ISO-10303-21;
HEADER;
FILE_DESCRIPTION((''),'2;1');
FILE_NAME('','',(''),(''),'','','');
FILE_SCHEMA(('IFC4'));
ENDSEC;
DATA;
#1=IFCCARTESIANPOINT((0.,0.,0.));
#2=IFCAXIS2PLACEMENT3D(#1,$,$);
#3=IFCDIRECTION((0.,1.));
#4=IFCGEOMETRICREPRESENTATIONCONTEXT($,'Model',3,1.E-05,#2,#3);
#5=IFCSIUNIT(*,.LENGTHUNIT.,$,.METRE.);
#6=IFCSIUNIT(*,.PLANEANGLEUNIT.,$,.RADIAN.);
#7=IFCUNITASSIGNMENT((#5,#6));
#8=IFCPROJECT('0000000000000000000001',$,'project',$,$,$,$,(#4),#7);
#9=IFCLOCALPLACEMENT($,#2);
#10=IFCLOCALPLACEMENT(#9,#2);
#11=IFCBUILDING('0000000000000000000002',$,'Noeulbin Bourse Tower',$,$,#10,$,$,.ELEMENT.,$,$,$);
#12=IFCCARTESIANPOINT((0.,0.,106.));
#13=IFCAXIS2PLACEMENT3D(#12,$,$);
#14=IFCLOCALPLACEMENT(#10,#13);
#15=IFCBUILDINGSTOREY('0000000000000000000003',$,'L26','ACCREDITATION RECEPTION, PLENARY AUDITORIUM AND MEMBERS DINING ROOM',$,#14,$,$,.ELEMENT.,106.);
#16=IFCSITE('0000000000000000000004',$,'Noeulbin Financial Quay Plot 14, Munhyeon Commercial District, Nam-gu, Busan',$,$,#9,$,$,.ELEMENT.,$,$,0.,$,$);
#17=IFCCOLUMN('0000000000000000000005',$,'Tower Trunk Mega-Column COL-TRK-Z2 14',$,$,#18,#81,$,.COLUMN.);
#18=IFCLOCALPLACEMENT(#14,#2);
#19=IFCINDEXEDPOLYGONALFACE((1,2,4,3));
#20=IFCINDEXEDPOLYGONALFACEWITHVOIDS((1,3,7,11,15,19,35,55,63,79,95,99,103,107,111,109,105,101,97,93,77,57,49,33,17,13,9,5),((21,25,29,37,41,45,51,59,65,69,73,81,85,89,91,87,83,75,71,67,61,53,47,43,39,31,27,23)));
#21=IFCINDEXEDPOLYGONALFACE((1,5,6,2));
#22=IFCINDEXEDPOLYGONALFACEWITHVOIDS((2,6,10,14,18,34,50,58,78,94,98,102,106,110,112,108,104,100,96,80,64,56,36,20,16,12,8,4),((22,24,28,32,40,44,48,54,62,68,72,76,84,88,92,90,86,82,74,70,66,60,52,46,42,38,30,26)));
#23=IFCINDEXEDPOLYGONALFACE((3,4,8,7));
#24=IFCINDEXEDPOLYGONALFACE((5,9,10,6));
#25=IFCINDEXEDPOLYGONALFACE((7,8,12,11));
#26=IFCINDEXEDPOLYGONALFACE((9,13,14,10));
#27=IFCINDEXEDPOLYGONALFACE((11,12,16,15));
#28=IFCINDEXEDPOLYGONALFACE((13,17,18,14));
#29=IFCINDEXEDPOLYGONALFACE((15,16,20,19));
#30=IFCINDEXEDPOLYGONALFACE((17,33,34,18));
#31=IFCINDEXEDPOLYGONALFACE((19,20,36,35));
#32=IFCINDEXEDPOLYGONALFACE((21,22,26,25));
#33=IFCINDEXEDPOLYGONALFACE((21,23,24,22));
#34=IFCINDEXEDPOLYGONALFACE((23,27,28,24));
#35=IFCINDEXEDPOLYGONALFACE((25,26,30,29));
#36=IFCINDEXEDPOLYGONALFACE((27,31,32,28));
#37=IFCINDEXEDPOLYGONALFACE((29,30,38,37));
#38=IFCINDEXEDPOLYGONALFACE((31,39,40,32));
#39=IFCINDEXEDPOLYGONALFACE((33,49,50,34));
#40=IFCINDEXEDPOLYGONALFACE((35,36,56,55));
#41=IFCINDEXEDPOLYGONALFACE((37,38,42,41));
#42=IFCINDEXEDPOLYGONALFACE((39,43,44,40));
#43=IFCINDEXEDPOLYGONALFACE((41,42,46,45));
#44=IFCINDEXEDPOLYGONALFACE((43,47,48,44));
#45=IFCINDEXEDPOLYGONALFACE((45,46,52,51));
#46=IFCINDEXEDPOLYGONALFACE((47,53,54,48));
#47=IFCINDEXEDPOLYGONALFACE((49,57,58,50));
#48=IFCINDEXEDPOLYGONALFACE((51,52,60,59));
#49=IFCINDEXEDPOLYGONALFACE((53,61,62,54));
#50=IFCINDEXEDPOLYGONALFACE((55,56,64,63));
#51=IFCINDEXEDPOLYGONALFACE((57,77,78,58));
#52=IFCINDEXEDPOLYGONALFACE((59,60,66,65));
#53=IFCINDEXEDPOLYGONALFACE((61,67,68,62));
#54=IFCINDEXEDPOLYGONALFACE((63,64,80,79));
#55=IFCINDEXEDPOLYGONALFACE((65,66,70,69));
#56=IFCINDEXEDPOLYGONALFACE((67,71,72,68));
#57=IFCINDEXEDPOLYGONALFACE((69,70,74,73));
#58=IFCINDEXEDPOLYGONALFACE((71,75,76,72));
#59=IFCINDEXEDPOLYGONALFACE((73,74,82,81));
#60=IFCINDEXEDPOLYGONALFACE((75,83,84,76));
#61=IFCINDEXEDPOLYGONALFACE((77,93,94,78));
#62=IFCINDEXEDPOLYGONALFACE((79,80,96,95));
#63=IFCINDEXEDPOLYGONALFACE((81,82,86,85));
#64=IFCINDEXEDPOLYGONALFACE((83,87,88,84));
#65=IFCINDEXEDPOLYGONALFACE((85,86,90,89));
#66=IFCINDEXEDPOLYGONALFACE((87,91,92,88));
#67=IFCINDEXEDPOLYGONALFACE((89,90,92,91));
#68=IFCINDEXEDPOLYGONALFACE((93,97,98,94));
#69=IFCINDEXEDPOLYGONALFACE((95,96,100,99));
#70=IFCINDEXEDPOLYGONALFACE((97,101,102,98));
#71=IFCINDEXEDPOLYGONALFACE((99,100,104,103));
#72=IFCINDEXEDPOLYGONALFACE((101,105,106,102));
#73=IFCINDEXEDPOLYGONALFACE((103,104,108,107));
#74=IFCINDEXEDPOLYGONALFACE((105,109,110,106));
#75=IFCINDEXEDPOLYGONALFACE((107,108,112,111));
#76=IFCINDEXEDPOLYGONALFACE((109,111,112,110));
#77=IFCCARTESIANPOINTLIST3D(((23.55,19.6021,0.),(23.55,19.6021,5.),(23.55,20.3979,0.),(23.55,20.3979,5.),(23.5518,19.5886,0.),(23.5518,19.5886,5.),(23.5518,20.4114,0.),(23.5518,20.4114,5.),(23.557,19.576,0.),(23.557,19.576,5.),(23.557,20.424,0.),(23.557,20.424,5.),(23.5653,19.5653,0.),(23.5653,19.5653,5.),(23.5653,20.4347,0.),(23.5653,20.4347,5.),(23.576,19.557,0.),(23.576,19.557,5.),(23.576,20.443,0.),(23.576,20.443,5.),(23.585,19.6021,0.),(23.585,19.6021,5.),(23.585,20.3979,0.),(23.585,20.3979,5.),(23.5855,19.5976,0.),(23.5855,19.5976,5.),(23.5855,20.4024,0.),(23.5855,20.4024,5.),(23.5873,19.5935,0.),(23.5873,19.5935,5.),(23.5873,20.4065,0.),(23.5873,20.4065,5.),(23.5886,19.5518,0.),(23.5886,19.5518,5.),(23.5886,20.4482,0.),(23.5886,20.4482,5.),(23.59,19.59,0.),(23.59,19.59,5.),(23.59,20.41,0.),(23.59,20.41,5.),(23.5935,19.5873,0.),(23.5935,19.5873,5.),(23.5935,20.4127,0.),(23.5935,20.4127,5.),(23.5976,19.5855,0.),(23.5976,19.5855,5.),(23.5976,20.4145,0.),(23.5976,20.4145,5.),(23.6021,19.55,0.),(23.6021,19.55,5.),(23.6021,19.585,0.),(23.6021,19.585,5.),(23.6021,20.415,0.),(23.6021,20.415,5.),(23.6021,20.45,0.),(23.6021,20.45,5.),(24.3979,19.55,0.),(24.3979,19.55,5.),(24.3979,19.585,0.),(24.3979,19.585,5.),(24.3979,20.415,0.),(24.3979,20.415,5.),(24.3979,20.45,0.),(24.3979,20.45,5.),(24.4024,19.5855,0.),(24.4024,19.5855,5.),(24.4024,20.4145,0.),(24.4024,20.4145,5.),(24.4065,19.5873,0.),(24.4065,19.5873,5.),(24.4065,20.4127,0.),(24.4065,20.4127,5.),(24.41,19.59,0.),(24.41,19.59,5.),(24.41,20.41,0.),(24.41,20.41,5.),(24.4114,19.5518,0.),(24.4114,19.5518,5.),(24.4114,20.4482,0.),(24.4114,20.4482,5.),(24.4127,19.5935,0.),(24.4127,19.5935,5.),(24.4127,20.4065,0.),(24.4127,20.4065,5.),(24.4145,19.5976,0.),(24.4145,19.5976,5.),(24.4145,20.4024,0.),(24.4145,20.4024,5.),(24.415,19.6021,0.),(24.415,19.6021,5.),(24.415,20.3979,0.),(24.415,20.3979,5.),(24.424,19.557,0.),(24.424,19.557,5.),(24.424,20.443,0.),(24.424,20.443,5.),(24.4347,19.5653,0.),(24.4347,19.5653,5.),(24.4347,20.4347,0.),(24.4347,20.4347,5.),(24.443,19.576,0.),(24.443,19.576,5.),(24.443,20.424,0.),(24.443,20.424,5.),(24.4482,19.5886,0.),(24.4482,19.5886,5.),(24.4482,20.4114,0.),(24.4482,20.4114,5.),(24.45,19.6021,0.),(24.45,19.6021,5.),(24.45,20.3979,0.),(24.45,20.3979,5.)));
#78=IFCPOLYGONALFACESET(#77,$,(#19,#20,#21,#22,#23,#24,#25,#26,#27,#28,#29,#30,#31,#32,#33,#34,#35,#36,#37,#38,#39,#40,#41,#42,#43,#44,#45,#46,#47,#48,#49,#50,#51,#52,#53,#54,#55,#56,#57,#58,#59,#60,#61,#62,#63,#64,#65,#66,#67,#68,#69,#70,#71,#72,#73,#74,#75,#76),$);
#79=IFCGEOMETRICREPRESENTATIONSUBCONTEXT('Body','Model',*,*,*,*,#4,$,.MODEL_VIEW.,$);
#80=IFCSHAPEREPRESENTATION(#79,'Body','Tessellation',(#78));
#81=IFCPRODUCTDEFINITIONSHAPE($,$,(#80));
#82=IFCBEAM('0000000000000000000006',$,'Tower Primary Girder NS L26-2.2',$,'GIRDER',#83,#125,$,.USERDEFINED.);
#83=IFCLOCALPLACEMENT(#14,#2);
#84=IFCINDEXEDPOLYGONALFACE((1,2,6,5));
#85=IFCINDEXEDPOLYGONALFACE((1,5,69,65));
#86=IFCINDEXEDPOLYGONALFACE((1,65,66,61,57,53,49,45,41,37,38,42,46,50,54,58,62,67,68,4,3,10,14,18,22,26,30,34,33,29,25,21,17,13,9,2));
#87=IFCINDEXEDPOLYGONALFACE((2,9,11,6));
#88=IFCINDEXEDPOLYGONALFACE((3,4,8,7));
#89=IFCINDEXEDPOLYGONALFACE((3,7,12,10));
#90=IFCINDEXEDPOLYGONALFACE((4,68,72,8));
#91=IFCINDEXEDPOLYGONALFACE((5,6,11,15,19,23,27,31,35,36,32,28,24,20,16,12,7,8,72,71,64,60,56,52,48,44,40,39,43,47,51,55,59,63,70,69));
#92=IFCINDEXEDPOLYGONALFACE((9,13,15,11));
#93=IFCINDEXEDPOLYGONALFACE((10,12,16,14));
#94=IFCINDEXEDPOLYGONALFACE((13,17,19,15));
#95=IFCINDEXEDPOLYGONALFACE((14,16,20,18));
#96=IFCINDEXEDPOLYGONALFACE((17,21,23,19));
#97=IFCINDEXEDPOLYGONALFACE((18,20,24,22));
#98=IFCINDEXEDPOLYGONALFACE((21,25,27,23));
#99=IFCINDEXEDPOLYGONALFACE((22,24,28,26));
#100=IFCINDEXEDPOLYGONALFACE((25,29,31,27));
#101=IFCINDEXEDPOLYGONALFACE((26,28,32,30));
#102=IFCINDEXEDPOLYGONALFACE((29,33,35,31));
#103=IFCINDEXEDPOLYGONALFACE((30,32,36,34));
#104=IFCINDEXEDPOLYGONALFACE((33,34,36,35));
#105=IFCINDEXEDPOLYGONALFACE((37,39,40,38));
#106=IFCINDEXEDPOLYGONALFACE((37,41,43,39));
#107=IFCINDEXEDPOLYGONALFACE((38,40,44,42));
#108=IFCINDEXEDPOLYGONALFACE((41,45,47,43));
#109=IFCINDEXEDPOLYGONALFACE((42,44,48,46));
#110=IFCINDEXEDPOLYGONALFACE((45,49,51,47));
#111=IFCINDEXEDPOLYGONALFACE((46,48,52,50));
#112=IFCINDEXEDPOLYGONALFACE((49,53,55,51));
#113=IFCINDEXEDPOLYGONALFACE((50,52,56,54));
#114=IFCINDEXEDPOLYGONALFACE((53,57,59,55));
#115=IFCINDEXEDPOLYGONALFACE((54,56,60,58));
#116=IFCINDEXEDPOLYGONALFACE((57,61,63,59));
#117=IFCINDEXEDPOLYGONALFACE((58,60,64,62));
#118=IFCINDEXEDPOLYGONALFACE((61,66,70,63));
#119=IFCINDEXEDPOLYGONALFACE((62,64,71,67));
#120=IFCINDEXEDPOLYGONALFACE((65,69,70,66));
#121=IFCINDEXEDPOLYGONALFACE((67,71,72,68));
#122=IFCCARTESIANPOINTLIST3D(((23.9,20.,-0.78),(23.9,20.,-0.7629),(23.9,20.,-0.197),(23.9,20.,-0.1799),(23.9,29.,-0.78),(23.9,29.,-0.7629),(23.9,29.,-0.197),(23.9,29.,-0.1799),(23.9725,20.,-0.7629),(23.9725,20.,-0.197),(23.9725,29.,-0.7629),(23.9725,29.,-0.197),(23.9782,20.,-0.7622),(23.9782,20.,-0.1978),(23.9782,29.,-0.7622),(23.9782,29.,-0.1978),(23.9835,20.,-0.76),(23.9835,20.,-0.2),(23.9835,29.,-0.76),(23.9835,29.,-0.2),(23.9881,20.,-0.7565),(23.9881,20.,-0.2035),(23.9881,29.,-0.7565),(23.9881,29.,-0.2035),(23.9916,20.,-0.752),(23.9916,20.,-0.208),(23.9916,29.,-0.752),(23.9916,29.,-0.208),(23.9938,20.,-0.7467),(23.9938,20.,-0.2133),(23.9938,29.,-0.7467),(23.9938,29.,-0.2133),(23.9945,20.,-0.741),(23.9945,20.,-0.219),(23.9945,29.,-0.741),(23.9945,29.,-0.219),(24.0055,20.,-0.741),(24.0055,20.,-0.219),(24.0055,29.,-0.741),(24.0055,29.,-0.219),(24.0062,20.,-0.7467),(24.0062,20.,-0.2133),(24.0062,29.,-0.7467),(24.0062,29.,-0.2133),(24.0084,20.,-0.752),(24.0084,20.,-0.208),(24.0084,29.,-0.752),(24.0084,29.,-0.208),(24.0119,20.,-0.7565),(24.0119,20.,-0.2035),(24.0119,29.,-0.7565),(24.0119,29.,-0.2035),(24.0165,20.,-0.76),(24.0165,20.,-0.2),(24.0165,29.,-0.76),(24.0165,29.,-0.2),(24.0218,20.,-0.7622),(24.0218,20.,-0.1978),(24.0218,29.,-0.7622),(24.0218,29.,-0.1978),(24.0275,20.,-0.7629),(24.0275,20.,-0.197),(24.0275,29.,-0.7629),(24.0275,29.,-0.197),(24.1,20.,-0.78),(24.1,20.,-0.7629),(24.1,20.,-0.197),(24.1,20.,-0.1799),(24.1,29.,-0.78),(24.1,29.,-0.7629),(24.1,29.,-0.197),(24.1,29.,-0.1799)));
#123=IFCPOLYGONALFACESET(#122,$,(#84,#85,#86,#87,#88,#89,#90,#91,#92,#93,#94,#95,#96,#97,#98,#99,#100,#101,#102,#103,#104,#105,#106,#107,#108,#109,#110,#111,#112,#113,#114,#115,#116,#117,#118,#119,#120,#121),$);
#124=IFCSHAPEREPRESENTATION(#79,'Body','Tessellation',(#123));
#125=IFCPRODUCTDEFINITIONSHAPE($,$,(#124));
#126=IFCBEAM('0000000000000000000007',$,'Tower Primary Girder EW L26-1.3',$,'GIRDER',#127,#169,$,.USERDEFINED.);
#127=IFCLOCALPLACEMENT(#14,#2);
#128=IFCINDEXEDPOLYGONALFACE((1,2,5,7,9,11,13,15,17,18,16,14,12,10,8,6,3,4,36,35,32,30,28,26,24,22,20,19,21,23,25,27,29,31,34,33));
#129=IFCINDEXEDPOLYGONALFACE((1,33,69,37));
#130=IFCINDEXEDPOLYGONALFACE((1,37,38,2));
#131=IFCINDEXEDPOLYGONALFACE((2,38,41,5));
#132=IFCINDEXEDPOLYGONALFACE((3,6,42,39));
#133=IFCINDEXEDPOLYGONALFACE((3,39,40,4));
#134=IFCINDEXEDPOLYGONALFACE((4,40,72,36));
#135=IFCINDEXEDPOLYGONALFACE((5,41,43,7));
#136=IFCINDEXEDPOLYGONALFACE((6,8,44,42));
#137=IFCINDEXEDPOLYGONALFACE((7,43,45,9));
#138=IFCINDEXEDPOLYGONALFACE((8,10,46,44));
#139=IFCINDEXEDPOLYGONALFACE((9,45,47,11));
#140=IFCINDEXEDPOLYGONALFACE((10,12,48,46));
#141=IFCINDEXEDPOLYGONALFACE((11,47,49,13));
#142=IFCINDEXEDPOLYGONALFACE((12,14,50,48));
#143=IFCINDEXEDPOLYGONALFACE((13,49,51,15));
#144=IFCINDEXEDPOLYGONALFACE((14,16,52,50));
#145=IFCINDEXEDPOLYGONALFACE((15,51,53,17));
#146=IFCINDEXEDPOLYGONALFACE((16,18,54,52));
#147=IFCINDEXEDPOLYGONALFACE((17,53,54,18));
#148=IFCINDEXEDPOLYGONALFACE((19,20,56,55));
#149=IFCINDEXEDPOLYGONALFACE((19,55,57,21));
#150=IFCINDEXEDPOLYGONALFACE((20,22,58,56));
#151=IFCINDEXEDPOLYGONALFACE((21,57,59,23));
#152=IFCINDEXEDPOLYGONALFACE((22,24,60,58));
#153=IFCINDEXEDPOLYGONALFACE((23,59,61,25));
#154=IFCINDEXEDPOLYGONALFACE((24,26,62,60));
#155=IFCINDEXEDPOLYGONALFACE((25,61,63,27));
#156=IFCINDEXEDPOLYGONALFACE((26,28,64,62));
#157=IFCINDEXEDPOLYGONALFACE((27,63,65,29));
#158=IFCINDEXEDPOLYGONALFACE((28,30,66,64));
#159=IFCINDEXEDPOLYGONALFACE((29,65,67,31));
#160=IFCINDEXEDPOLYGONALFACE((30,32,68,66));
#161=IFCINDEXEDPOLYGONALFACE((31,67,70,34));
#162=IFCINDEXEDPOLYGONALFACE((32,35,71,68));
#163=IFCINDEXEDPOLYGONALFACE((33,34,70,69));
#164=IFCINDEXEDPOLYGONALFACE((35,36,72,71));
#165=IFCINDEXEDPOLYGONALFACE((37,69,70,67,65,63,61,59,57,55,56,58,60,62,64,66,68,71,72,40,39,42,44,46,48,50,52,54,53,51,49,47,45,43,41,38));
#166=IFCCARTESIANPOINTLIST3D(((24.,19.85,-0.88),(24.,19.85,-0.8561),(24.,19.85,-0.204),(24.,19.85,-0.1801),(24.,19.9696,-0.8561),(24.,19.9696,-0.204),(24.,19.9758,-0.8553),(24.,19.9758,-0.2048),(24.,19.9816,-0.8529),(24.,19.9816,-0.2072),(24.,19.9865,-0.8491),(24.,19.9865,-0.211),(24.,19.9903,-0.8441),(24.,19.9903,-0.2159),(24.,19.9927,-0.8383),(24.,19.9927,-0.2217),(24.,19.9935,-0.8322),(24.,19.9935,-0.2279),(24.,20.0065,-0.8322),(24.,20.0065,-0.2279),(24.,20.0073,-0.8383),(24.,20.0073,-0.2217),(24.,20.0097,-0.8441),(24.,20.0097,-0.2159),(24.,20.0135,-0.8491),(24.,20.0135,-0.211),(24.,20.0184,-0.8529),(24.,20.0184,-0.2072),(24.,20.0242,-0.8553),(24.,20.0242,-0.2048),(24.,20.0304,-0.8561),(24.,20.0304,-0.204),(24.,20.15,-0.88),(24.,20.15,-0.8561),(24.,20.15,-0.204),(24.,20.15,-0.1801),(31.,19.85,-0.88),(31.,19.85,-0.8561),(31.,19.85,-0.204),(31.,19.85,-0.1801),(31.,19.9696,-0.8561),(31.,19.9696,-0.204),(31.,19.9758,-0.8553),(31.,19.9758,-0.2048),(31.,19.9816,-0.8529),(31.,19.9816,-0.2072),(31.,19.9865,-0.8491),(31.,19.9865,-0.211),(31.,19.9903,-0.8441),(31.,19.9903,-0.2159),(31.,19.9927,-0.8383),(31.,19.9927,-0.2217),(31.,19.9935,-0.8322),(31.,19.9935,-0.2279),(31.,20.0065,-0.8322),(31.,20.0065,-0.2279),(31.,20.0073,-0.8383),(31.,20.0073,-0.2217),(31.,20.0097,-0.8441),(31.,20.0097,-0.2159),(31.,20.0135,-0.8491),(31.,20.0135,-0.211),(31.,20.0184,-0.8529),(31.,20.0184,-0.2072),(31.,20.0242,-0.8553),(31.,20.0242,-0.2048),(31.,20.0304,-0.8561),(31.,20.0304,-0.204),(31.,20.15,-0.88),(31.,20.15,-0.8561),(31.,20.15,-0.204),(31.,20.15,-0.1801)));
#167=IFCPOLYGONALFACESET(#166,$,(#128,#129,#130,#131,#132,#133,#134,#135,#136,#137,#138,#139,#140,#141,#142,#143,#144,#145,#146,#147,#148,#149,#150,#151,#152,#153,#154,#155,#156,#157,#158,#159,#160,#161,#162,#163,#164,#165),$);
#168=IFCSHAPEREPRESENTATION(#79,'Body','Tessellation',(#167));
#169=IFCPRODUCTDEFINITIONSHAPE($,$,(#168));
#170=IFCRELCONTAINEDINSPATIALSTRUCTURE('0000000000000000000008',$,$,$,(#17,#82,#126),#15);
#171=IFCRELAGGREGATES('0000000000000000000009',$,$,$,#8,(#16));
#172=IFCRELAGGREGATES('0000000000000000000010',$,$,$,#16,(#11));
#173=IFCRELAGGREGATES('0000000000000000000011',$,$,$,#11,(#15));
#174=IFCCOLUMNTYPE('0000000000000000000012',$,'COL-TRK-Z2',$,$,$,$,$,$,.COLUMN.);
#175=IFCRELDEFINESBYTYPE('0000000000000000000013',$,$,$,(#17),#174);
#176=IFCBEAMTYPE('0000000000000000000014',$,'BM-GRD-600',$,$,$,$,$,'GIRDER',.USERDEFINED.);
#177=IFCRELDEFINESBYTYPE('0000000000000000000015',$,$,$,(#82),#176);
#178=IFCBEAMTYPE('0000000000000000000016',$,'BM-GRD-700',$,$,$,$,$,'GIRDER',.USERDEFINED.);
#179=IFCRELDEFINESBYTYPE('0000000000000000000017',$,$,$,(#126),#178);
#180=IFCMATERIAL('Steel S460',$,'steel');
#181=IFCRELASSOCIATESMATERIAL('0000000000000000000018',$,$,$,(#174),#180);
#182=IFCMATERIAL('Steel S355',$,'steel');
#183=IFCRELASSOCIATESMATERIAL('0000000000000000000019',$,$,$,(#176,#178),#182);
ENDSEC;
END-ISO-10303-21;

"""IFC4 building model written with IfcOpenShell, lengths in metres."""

from ifc_helpers import new_model, si_unit, direction, frame, origin, origin_2d, place, context, subcontext, project, spatial, hollow_rectangle, i_section, extrude, material, material_profile, profile_set, type_object, element, save


model = new_model("IFC4")

# Units and contexts
model_context = context("Model", 3, precision=1e-05, world=origin(), true_north=direction((0.0, 1.0)))
body_context = subcontext(model_context, "Body", "Model", "MODEL_VIEW")
ifc_project = project(units=[si_unit("LENGTHUNIT", "METRE"), si_unit("PLANEANGLEUNIT", "RADIAN")], contexts=[model_context])

# Site, building, storey
site_placement = place(None, origin())
site = spatial("IfcSite", under=ifc_project, at=site_placement, Name="Noeulbin Financial Quay Plot 14, Munhyeon Commercial District, Nam-gu, Busan", CompositionType="ELEMENT", RefElevation=0.0)
building_placement = place(site_placement, origin())
building = spatial("IfcBuilding", under=site, at=building_placement, Name="Noeulbin Bourse Tower", CompositionType="ELEMENT")
storey_placement = place(building_placement, frame((0.0, 0.0, 106.0)))
storey = spatial("IfcBuildingStorey", under=building, at=storey_placement, Name="L26", Description="ACCREDITATION RECEPTION, PLENARY AUDITORIUM AND MEMBERS DINING ROOM", CompositionType="ELEMENT", Elevation=106.0)

# Column
ifc_material_1 = material(Name="Steel S460", Category="steel")
ifc_material_profile_1 = material_profile(ifc_material_1, hollow_rectangle(XDim=0.8999, YDim=0.8999, WallThickness=0.0349, InnerFilletRadius=0.0171, OuterFilletRadius=0.052, at=origin_2d()), Name="BOX-900x900x35", Category="LoadBearing")
ifc_profile_set_1 = profile_set([ifc_material_profile_1], Name="Steel S460")
column_type = type_object("IfcColumnType", Name="COL-TRK-Z2", PredefinedType="COLUMN", material=ifc_profile_set_1)
column_placement = place(storey_placement, frame((24.0, 20.0, 0.0), z_axis=(0.0, 0.0, 1.0), x_axis=(1.0, 0.0, 0.0)))
element("IfcColumn", 1, at=column_placement, inside=storey, type_object=column_type, Name="Tower Trunk Mega-Column COL-TRK-Z2 14", PredefinedType="COLUMN", context=body_context, shape_type="SweptSolid", body=[
    extrude(hollow_rectangle(XDim=0.8999, YDim=0.8999, WallThickness=0.0349, InnerFilletRadius=0.0171, OuterFilletRadius=0.052, at=origin_2d()), origin(), (0.0, 0.0, 1.0), 5.0),
])

# Beams
ifc_material_2 = material(Name="Steel S355", Category="steel")
ifc_material_profile_2 = material_profile(ifc_material_2, i_section(OverallWidth=0.2, OverallDepth=0.6001, WebThickness=0.011, FlangeThickness=0.0171, FilletRadius=0.022, at=origin_2d()), Name="H-600x200x11x17", Category="LoadBearing")
ifc_profile_set_2 = profile_set([ifc_material_profile_2], Name="Steel S355")
beam_type_1 = type_object("IfcBeamType", Name="BM-GRD-600", ElementType="GIRDER", PredefinedType="USERDEFINED", material=ifc_profile_set_2)
beam_1_placement = place(storey_placement, frame((24.0, 20.0, -0.48), z_axis=(0.0, 1.0, 0.0), x_axis=(-1.0, 0.0, 0.0)))
element("IfcBeam", 2, at=beam_1_placement, inside=storey, type_object=beam_type_1, Name="Tower Primary Girder NS L26-2.2", ObjectType="GIRDER", PredefinedType="USERDEFINED", context=body_context, shape_type="SweptSolid", body=[
    extrude(i_section(OverallWidth=0.2, OverallDepth=0.6001, WebThickness=0.011, FlangeThickness=0.0171, FilletRadius=0.022, at=origin_2d()), origin(), (0.0, 0.0, 1.0), 9.0),
])
ifc_material_profile_3 = material_profile(ifc_material_2, i_section(OverallWidth=0.3, OverallDepth=0.7, WebThickness=0.0129, FlangeThickness=0.0239, FilletRadius=0.0239, at=origin_2d()), Name="H-700x300x13x24", Category="LoadBearing")
ifc_profile_set_3 = profile_set([ifc_material_profile_3], Name="Steel S355")
beam_type_2 = type_object("IfcBeamType", Name="BM-GRD-700", ElementType="GIRDER", PredefinedType="USERDEFINED", material=ifc_profile_set_3)
beam_2_placement = place(storey_placement, frame((24.0, 20.0, -0.53), z_axis=(1.0, 0.0, 0.0), x_axis=(0.0, 1.0, 0.0)))
element("IfcBeam", 3, at=beam_2_placement, inside=storey, type_object=beam_type_2, Name="Tower Primary Girder EW L26-1.3", ObjectType="GIRDER", PredefinedType="USERDEFINED", context=body_context, shape_type="SweptSolid", body=[
    extrude(i_section(OverallWidth=0.3, OverallDepth=0.7, WebThickness=0.0129, FlangeThickness=0.0239, FilletRadius=0.0239, at=origin_2d()), origin(), (0.0, 0.0, 1.0), 7.0),
])

save(model, "model.ifc")
